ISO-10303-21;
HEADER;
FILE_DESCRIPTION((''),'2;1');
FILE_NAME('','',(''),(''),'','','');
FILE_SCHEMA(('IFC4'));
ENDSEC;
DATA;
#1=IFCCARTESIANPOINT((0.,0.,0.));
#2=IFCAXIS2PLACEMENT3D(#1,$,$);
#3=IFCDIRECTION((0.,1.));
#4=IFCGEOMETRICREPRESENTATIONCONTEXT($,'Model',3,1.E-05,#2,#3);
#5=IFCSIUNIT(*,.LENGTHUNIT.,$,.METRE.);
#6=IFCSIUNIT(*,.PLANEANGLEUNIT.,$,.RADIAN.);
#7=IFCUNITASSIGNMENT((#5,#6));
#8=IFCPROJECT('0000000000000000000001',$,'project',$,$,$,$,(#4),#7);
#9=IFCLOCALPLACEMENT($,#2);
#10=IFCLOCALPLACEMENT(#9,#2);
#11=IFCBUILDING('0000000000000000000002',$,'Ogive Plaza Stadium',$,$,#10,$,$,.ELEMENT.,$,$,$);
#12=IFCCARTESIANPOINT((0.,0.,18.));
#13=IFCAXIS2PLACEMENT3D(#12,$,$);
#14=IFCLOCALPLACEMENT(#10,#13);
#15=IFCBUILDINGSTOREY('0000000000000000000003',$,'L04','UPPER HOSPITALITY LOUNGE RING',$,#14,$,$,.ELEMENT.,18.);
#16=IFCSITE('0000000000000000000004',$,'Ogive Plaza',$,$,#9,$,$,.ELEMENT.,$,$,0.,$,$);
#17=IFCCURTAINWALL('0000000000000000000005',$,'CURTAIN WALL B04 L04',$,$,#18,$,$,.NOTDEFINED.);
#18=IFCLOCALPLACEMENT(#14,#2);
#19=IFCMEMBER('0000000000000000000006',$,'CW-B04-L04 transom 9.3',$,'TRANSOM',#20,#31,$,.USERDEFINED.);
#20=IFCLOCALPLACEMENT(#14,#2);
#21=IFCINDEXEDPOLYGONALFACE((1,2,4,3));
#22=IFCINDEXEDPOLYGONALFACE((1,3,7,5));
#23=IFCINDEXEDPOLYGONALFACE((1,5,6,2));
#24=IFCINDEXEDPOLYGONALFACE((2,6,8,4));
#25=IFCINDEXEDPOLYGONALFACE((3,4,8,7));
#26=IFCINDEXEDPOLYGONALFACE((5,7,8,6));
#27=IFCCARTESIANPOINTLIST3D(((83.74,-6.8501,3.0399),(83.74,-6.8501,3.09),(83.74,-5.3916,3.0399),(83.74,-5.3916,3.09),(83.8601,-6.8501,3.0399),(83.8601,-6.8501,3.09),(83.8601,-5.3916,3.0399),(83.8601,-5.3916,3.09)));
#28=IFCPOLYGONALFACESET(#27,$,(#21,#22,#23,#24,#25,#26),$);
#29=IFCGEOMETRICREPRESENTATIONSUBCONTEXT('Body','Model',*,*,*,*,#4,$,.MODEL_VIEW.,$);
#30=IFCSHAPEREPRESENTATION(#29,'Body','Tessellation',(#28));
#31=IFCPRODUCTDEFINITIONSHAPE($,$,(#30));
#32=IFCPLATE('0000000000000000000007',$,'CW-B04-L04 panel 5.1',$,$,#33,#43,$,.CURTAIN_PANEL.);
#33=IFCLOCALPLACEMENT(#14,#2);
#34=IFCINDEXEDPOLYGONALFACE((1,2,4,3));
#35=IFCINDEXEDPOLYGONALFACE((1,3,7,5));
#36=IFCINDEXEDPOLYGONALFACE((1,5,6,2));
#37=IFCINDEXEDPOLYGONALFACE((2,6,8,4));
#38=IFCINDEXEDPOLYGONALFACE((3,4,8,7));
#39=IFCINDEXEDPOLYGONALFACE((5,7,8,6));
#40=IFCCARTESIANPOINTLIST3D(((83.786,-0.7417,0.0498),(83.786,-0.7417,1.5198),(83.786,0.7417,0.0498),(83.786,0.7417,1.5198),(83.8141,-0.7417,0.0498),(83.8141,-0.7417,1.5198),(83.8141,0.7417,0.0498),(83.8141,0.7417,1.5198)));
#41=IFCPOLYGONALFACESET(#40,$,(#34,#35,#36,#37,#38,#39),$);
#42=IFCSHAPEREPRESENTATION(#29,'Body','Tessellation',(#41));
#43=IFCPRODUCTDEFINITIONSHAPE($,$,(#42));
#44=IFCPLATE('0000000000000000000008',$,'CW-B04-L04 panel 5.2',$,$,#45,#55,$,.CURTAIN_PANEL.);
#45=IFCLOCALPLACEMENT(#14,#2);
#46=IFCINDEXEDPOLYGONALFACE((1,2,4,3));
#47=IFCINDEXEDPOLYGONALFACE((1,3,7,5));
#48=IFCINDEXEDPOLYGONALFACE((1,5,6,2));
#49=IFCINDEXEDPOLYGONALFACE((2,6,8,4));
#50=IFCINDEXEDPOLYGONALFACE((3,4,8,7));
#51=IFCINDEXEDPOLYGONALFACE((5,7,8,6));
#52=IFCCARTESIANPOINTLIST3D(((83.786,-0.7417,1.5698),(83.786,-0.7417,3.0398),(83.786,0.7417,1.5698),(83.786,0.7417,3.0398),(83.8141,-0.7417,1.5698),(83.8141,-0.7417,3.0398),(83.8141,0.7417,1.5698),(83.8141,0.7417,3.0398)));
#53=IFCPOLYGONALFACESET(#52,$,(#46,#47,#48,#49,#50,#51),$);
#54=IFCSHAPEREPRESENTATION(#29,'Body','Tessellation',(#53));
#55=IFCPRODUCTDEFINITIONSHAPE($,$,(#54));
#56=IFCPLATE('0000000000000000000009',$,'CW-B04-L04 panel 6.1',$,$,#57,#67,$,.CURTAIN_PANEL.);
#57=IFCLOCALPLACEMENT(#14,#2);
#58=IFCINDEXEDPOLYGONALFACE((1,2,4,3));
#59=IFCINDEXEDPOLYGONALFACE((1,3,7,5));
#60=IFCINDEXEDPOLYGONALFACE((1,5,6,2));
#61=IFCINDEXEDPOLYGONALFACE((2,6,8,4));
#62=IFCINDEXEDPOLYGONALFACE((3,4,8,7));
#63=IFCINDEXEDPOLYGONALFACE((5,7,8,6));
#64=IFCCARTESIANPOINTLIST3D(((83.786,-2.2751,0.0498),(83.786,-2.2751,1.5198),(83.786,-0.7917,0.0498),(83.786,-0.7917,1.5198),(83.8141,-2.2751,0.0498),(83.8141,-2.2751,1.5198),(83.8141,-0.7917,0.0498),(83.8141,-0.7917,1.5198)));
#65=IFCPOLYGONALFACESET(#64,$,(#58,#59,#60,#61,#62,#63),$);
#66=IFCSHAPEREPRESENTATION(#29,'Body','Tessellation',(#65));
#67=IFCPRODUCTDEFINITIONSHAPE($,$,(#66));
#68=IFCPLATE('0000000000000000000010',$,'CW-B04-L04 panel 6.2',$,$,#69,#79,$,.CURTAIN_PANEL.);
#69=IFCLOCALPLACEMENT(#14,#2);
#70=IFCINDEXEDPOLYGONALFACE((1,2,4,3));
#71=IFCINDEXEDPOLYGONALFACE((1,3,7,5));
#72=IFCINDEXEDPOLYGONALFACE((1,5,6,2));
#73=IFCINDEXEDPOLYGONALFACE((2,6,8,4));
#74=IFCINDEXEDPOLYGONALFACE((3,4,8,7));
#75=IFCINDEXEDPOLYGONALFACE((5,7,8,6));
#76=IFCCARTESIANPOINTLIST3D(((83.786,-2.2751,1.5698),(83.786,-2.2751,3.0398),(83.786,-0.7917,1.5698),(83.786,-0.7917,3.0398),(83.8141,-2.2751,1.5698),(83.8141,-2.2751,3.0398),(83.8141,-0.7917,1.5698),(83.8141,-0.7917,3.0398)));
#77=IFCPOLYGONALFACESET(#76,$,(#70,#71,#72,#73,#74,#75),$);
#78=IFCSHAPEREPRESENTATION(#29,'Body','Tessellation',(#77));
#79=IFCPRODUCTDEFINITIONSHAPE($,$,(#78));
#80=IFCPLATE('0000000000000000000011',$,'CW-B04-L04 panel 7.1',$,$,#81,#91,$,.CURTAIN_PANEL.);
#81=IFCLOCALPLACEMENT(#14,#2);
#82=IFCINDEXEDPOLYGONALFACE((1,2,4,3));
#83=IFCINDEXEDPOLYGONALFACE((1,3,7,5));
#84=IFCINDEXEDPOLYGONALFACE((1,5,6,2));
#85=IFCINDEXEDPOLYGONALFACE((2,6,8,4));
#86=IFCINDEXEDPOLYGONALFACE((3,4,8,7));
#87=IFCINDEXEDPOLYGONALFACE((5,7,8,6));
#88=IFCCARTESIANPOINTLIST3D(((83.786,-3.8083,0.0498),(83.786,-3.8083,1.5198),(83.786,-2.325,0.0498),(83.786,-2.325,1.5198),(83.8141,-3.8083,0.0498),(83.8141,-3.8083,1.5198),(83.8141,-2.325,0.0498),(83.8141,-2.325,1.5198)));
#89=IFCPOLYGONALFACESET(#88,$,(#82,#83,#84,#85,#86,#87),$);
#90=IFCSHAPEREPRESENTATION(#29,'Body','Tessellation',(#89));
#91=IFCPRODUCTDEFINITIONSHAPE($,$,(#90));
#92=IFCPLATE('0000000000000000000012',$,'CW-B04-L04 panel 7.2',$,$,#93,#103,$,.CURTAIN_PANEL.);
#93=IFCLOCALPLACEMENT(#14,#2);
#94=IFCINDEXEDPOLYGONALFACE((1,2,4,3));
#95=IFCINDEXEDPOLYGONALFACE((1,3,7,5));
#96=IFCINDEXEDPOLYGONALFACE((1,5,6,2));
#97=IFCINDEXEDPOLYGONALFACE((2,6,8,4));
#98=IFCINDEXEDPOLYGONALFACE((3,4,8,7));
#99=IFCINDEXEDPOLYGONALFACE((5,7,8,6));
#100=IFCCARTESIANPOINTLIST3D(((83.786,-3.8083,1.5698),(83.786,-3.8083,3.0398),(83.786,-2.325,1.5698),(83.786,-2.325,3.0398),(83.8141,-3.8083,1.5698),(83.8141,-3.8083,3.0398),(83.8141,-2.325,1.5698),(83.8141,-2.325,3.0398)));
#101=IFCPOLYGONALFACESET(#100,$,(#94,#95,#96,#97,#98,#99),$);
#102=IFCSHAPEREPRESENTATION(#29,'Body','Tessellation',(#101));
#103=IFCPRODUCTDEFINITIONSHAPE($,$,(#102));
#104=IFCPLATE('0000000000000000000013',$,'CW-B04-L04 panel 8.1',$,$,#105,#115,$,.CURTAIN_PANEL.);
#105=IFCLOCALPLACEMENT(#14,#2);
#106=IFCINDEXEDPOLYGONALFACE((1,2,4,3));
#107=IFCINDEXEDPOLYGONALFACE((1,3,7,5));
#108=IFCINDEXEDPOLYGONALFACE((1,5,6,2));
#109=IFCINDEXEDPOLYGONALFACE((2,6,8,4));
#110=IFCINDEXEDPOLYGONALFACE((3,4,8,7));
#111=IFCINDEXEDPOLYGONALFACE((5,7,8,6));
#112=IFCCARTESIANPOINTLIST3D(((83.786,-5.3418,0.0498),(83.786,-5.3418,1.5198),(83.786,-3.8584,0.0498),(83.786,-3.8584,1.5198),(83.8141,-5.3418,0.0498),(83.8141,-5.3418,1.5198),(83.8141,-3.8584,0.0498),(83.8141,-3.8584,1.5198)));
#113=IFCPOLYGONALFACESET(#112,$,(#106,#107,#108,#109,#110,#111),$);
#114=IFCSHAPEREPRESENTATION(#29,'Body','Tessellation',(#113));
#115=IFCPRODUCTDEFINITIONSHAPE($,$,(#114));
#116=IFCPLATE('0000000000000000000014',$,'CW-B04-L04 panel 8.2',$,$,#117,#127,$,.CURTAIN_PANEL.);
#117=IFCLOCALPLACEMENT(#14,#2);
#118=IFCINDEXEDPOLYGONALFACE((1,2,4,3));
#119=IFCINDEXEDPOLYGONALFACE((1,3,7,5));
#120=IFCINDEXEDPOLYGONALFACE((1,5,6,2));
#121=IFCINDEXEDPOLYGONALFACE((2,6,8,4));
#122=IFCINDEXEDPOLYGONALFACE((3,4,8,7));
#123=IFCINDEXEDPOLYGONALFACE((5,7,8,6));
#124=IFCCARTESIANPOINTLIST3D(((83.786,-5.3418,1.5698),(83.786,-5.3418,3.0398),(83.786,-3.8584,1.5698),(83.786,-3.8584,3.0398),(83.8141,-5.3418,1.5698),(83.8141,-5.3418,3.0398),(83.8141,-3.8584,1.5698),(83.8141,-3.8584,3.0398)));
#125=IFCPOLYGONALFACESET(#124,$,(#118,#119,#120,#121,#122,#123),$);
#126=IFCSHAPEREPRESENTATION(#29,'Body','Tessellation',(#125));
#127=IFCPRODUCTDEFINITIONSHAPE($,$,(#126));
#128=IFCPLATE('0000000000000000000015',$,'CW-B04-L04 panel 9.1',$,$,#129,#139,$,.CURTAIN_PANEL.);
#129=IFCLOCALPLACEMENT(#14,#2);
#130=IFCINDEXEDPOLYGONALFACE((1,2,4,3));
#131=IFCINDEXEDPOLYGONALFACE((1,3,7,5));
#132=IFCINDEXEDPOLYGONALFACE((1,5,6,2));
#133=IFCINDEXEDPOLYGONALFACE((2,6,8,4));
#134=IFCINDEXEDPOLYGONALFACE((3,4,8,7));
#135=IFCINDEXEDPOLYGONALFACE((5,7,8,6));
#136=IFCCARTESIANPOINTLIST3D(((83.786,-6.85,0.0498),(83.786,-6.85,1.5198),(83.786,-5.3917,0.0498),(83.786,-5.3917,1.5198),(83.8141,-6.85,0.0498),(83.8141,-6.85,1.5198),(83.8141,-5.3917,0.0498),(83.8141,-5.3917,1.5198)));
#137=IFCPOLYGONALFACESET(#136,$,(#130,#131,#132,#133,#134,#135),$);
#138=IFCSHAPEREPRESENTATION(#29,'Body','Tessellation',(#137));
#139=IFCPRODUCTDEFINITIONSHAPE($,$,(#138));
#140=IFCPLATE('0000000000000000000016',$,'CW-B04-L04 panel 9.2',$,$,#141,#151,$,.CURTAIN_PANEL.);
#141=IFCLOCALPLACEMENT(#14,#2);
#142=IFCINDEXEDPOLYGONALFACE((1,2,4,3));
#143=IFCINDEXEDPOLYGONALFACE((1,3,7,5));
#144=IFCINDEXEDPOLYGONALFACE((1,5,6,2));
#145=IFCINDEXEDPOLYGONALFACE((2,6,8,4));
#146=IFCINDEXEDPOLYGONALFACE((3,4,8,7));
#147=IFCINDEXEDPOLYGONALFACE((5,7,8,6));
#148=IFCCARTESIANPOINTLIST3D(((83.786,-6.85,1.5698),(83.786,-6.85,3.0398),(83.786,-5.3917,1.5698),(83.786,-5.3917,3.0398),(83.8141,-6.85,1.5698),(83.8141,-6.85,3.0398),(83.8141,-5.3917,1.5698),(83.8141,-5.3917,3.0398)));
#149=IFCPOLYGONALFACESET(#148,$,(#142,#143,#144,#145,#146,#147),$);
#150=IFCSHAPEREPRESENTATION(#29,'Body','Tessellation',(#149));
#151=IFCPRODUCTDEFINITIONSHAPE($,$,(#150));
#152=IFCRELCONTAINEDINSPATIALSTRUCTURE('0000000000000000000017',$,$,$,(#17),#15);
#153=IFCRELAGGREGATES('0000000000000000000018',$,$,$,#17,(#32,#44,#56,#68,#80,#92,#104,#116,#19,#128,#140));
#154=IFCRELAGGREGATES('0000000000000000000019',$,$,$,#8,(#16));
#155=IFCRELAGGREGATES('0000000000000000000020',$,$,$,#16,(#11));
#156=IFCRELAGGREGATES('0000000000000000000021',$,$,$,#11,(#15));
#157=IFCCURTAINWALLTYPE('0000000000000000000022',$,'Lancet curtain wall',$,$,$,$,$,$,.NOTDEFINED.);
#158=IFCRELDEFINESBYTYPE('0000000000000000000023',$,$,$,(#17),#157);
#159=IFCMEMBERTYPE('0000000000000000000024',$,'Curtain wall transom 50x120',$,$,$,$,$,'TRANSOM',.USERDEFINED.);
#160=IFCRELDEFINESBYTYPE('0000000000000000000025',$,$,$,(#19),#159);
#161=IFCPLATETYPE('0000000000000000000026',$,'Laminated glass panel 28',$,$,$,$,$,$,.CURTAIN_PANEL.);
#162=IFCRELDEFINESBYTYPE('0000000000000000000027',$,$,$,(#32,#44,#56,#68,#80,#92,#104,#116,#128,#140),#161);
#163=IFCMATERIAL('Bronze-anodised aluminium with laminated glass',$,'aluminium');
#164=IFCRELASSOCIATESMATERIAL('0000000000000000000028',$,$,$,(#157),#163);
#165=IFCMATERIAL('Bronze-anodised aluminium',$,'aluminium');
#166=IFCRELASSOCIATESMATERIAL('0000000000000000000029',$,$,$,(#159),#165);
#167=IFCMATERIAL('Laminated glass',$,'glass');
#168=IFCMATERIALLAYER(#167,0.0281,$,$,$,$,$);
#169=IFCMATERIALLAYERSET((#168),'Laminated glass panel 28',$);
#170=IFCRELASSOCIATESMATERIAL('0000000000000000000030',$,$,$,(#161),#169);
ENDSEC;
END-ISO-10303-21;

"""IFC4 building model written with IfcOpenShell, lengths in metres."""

from ifc_helpers import new_model, si_unit, direction, frame, origin, origin_2d, place, context, subcontext, project, spatial, rectangle, extrude, material, layer, layer_set, material_profile, profile_set, type_object, element, aggregate, save


model = new_model("IFC4")

# Units and contexts
model_context = context("Model", 3, precision=1e-05, world=origin(), true_north=direction((0.0, 1.0)))
body_context = subcontext(model_context, "Body", "Model", "MODEL_VIEW")
ifc_project = project(units=[si_unit("LENGTHUNIT", "METRE"), si_unit("PLANEANGLEUNIT", "RADIAN")], contexts=[model_context])

# Site, building, storey
site_placement = place(None, origin())
site = spatial("IfcSite", under=ifc_project, at=site_placement, Name="Ogive Plaza", CompositionType="ELEMENT", RefElevation=0.0)
building_placement = place(site_placement, origin())
building = spatial("IfcBuilding", under=site, at=building_placement, Name="Ogive Plaza Stadium", CompositionType="ELEMENT")
storey_placement = place(building_placement, frame((0.0, 0.0, 18.0)))
storey = spatial("IfcBuildingStorey", under=building, at=storey_placement, Name="L04", Description="UPPER HOSPITALITY LOUNGE RING", CompositionType="ELEMENT", Elevation=18.0)

# Curtain wall, member, plates
ifc_material_1 = material(Name="Bronze-anodised aluminium with laminated glass", Category="aluminium")
curtain_wall_type = type_object("IfcCurtainWallType", Name="Lancet curtain wall", PredefinedType="NOTDEFINED", material=ifc_material_1)
curtain_wall_placement = place(storey_placement, origin())
curtain_wall = element("IfcCurtainWall", 1, at=curtain_wall_placement, inside=storey, type_object=curtain_wall_type, Name="CURTAIN WALL B04 L04", PredefinedType="NOTDEFINED")
ifc_material_2 = material(Name="Bronze-anodised aluminium", Category="aluminium")
ifc_material_profile_1 = material_profile(ifc_material_2, rectangle(XDim=0.1201, YDim=0.05, at=origin_2d()), Name="AL 120x50")
ifc_profile_set_1 = profile_set([ifc_material_profile_1], Name="Bronze-anodised aluminium")
member_type_1 = type_object("IfcMemberType", Name="Curtain wall transom 50x120", ElementType="TRANSOM", PredefinedType="USERDEFINED", material=ifc_profile_set_1)
member_1_placement = place(storey_placement, frame((83.8, -5.3916, 3.0649), z_axis=(0.0, -1.0, 0.0), x_axis=(1.0, 0.0, 0.0)))
member_1 = element("IfcMember", 2, at=member_1_placement, type_object=member_type_1, Name="CW-B04-L04 transom 9.3", ObjectType="TRANSOM", PredefinedType="USERDEFINED", context=body_context, shape_type="SweptSolid", body=[
    extrude(rectangle(XDim=0.1201, YDim=0.05, at=origin_2d()), origin(), (0.0, 0.0, 1.0), 1.4585),
])
ifc_material_3 = material(Name="Laminated glass", Category="glass")
ifc_layer = layer(ifc_material_3, 0.0281)
ifc_layer_set = layer_set([ifc_layer], Name="Laminated glass panel 28")
plate_type = type_object("IfcPlateType", Name="Laminated glass panel 28", PredefinedType="CURTAIN_PANEL", material=ifc_layer_set)
plate_1_placement = place(storey_placement, frame((83.8, 0.0, 0.0498), z_axis=(0.0, 0.0, 1.0), x_axis=(0.0, -1.0, 0.0)))
plate_1 = element("IfcPlate", 3, at=plate_1_placement, type_object=plate_type, Name="CW-B04-L04 panel 5.1", PredefinedType="CURTAIN_PANEL", context=body_context, shape_type="SweptSolid", body=[
    extrude(rectangle(XDim=1.4834, YDim=0.0281, at=origin_2d()), origin(), (0.0, 0.0, 1.0), 1.47),
])
plate_2_placement = place(storey_placement, frame((83.8, 0.0, 1.5698), z_axis=(0.0, 0.0, 1.0), x_axis=(0.0, -1.0, 0.0)))
plate_2 = element("IfcPlate", 4, at=plate_2_placement, type_object=plate_type, Name="CW-B04-L04 panel 5.2", PredefinedType="CURTAIN_PANEL", context=body_context, shape_type="SweptSolid", body=[
    extrude(rectangle(XDim=1.4834, YDim=0.0281, at=origin_2d()), origin(), (0.0, 0.0, 1.0), 1.47),
])
plate_3_placement = place(storey_placement, frame((83.8, -1.5334, 0.0498), z_axis=(0.0, 0.0, 1.0), x_axis=(0.0, -1.0, 0.0)))
plate_3 = element("IfcPlate", 5, at=plate_3_placement, type_object=plate_type, Name="CW-B04-L04 panel 6.1", PredefinedType="CURTAIN_PANEL", context=body_context, shape_type="SweptSolid", body=[
    extrude(rectangle(XDim=1.4834, YDim=0.0281, at=origin_2d()), origin(), (0.0, 0.0, 1.0), 1.47),
])
plate_4_placement = place(storey_placement, frame((83.8, -1.5334, 1.5698), z_axis=(0.0, 0.0, 1.0), x_axis=(0.0, -1.0, 0.0)))
plate_4 = element("IfcPlate", 6, at=plate_4_placement, type_object=plate_type, Name="CW-B04-L04 panel 6.2", PredefinedType="CURTAIN_PANEL", context=body_context, shape_type="SweptSolid", body=[
    extrude(rectangle(XDim=1.4834, YDim=0.0281, at=origin_2d()), origin(), (0.0, 0.0, 1.0), 1.47),
])
plate_5_placement = place(storey_placement, frame((83.8, -3.0667, 0.0498), z_axis=(0.0, 0.0, 1.0), x_axis=(0.0, -1.0, 0.0)))
plate_5 = element("IfcPlate", 7, at=plate_5_placement, type_object=plate_type, Name="CW-B04-L04 panel 7.1", PredefinedType="CURTAIN_PANEL", context=body_context, shape_type="SweptSolid", body=[
    extrude(rectangle(XDim=1.4834, YDim=0.0281, at=origin_2d()), origin(), (0.0, 0.0, 1.0), 1.47),
])
plate_6_placement = place(storey_placement, frame((83.8, -3.0667, 1.5698), z_axis=(0.0, 0.0, 1.0), x_axis=(0.0, -1.0, 0.0)))
plate_6 = element("IfcPlate", 8, at=plate_6_placement, type_object=plate_type, Name="CW-B04-L04 panel 7.2", PredefinedType="CURTAIN_PANEL", context=body_context, shape_type="SweptSolid", body=[
    extrude(rectangle(XDim=1.4834, YDim=0.0281, at=origin_2d()), origin(), (0.0, 0.0, 1.0), 1.47),
])
plate_7_placement = place(storey_placement, frame((83.8, -4.6001, 0.0498), z_axis=(0.0, 0.0, 1.0), x_axis=(0.0, -1.0, 0.0)))
plate_7 = element("IfcPlate", 9, at=plate_7_placement, type_object=plate_type, Name="CW-B04-L04 panel 8.1", PredefinedType="CURTAIN_PANEL", context=body_context, shape_type="SweptSolid", body=[
    extrude(rectangle(XDim=1.4834, YDim=0.0281, at=origin_2d()), origin(), (0.0, 0.0, 1.0), 1.47),
])
plate_8_placement = place(storey_placement, frame((83.8, -4.6001, 1.5698), z_axis=(0.0, 0.0, 1.0), x_axis=(0.0, -1.0, 0.0)))
plate_8 = element("IfcPlate", 10, at=plate_8_placement, type_object=plate_type, Name="CW-B04-L04 panel 8.2", PredefinedType="CURTAIN_PANEL", context=body_context, shape_type="SweptSolid", body=[
    extrude(rectangle(XDim=1.4834, YDim=0.0281, at=origin_2d()), origin(), (0.0, 0.0, 1.0), 1.47),
])
plate_9_placement = place(storey_placement, frame((83.8, -6.1208, 0.0498), z_axis=(0.0, 0.0, 1.0), x_axis=(0.0, -1.0, 0.0)))
plate_9 = element("IfcPlate", 11, at=plate_9_placement, type_object=plate_type, Name="CW-B04-L04 panel 9.1", PredefinedType="CURTAIN_PANEL", context=body_context, shape_type="SweptSolid", body=[
    extrude(rectangle(XDim=1.4583, YDim=0.0281, at=origin_2d()), origin(), (0.0, 0.0, 1.0), 1.47),
])
plate_10_placement = place(storey_placement, frame((83.8, -6.1208, 1.5698), z_axis=(0.0, 0.0, 1.0), x_axis=(0.0, -1.0, 0.0)))
plate_10 = element("IfcPlate", 12, at=plate_10_placement, type_object=plate_type, Name="CW-B04-L04 panel 9.2", PredefinedType="CURTAIN_PANEL", context=body_context, shape_type="SweptSolid", body=[
    extrude(rectangle(XDim=1.4583, YDim=0.0281, at=origin_2d()), origin(), (0.0, 0.0, 1.0), 1.47),
])
aggregate(curtain_wall, [plate_1, plate_2, plate_3, plate_4, plate_5, plate_6, plate_7, plate_8, member_1, plate_9, plate_10])

save(model, "model.ifc")
